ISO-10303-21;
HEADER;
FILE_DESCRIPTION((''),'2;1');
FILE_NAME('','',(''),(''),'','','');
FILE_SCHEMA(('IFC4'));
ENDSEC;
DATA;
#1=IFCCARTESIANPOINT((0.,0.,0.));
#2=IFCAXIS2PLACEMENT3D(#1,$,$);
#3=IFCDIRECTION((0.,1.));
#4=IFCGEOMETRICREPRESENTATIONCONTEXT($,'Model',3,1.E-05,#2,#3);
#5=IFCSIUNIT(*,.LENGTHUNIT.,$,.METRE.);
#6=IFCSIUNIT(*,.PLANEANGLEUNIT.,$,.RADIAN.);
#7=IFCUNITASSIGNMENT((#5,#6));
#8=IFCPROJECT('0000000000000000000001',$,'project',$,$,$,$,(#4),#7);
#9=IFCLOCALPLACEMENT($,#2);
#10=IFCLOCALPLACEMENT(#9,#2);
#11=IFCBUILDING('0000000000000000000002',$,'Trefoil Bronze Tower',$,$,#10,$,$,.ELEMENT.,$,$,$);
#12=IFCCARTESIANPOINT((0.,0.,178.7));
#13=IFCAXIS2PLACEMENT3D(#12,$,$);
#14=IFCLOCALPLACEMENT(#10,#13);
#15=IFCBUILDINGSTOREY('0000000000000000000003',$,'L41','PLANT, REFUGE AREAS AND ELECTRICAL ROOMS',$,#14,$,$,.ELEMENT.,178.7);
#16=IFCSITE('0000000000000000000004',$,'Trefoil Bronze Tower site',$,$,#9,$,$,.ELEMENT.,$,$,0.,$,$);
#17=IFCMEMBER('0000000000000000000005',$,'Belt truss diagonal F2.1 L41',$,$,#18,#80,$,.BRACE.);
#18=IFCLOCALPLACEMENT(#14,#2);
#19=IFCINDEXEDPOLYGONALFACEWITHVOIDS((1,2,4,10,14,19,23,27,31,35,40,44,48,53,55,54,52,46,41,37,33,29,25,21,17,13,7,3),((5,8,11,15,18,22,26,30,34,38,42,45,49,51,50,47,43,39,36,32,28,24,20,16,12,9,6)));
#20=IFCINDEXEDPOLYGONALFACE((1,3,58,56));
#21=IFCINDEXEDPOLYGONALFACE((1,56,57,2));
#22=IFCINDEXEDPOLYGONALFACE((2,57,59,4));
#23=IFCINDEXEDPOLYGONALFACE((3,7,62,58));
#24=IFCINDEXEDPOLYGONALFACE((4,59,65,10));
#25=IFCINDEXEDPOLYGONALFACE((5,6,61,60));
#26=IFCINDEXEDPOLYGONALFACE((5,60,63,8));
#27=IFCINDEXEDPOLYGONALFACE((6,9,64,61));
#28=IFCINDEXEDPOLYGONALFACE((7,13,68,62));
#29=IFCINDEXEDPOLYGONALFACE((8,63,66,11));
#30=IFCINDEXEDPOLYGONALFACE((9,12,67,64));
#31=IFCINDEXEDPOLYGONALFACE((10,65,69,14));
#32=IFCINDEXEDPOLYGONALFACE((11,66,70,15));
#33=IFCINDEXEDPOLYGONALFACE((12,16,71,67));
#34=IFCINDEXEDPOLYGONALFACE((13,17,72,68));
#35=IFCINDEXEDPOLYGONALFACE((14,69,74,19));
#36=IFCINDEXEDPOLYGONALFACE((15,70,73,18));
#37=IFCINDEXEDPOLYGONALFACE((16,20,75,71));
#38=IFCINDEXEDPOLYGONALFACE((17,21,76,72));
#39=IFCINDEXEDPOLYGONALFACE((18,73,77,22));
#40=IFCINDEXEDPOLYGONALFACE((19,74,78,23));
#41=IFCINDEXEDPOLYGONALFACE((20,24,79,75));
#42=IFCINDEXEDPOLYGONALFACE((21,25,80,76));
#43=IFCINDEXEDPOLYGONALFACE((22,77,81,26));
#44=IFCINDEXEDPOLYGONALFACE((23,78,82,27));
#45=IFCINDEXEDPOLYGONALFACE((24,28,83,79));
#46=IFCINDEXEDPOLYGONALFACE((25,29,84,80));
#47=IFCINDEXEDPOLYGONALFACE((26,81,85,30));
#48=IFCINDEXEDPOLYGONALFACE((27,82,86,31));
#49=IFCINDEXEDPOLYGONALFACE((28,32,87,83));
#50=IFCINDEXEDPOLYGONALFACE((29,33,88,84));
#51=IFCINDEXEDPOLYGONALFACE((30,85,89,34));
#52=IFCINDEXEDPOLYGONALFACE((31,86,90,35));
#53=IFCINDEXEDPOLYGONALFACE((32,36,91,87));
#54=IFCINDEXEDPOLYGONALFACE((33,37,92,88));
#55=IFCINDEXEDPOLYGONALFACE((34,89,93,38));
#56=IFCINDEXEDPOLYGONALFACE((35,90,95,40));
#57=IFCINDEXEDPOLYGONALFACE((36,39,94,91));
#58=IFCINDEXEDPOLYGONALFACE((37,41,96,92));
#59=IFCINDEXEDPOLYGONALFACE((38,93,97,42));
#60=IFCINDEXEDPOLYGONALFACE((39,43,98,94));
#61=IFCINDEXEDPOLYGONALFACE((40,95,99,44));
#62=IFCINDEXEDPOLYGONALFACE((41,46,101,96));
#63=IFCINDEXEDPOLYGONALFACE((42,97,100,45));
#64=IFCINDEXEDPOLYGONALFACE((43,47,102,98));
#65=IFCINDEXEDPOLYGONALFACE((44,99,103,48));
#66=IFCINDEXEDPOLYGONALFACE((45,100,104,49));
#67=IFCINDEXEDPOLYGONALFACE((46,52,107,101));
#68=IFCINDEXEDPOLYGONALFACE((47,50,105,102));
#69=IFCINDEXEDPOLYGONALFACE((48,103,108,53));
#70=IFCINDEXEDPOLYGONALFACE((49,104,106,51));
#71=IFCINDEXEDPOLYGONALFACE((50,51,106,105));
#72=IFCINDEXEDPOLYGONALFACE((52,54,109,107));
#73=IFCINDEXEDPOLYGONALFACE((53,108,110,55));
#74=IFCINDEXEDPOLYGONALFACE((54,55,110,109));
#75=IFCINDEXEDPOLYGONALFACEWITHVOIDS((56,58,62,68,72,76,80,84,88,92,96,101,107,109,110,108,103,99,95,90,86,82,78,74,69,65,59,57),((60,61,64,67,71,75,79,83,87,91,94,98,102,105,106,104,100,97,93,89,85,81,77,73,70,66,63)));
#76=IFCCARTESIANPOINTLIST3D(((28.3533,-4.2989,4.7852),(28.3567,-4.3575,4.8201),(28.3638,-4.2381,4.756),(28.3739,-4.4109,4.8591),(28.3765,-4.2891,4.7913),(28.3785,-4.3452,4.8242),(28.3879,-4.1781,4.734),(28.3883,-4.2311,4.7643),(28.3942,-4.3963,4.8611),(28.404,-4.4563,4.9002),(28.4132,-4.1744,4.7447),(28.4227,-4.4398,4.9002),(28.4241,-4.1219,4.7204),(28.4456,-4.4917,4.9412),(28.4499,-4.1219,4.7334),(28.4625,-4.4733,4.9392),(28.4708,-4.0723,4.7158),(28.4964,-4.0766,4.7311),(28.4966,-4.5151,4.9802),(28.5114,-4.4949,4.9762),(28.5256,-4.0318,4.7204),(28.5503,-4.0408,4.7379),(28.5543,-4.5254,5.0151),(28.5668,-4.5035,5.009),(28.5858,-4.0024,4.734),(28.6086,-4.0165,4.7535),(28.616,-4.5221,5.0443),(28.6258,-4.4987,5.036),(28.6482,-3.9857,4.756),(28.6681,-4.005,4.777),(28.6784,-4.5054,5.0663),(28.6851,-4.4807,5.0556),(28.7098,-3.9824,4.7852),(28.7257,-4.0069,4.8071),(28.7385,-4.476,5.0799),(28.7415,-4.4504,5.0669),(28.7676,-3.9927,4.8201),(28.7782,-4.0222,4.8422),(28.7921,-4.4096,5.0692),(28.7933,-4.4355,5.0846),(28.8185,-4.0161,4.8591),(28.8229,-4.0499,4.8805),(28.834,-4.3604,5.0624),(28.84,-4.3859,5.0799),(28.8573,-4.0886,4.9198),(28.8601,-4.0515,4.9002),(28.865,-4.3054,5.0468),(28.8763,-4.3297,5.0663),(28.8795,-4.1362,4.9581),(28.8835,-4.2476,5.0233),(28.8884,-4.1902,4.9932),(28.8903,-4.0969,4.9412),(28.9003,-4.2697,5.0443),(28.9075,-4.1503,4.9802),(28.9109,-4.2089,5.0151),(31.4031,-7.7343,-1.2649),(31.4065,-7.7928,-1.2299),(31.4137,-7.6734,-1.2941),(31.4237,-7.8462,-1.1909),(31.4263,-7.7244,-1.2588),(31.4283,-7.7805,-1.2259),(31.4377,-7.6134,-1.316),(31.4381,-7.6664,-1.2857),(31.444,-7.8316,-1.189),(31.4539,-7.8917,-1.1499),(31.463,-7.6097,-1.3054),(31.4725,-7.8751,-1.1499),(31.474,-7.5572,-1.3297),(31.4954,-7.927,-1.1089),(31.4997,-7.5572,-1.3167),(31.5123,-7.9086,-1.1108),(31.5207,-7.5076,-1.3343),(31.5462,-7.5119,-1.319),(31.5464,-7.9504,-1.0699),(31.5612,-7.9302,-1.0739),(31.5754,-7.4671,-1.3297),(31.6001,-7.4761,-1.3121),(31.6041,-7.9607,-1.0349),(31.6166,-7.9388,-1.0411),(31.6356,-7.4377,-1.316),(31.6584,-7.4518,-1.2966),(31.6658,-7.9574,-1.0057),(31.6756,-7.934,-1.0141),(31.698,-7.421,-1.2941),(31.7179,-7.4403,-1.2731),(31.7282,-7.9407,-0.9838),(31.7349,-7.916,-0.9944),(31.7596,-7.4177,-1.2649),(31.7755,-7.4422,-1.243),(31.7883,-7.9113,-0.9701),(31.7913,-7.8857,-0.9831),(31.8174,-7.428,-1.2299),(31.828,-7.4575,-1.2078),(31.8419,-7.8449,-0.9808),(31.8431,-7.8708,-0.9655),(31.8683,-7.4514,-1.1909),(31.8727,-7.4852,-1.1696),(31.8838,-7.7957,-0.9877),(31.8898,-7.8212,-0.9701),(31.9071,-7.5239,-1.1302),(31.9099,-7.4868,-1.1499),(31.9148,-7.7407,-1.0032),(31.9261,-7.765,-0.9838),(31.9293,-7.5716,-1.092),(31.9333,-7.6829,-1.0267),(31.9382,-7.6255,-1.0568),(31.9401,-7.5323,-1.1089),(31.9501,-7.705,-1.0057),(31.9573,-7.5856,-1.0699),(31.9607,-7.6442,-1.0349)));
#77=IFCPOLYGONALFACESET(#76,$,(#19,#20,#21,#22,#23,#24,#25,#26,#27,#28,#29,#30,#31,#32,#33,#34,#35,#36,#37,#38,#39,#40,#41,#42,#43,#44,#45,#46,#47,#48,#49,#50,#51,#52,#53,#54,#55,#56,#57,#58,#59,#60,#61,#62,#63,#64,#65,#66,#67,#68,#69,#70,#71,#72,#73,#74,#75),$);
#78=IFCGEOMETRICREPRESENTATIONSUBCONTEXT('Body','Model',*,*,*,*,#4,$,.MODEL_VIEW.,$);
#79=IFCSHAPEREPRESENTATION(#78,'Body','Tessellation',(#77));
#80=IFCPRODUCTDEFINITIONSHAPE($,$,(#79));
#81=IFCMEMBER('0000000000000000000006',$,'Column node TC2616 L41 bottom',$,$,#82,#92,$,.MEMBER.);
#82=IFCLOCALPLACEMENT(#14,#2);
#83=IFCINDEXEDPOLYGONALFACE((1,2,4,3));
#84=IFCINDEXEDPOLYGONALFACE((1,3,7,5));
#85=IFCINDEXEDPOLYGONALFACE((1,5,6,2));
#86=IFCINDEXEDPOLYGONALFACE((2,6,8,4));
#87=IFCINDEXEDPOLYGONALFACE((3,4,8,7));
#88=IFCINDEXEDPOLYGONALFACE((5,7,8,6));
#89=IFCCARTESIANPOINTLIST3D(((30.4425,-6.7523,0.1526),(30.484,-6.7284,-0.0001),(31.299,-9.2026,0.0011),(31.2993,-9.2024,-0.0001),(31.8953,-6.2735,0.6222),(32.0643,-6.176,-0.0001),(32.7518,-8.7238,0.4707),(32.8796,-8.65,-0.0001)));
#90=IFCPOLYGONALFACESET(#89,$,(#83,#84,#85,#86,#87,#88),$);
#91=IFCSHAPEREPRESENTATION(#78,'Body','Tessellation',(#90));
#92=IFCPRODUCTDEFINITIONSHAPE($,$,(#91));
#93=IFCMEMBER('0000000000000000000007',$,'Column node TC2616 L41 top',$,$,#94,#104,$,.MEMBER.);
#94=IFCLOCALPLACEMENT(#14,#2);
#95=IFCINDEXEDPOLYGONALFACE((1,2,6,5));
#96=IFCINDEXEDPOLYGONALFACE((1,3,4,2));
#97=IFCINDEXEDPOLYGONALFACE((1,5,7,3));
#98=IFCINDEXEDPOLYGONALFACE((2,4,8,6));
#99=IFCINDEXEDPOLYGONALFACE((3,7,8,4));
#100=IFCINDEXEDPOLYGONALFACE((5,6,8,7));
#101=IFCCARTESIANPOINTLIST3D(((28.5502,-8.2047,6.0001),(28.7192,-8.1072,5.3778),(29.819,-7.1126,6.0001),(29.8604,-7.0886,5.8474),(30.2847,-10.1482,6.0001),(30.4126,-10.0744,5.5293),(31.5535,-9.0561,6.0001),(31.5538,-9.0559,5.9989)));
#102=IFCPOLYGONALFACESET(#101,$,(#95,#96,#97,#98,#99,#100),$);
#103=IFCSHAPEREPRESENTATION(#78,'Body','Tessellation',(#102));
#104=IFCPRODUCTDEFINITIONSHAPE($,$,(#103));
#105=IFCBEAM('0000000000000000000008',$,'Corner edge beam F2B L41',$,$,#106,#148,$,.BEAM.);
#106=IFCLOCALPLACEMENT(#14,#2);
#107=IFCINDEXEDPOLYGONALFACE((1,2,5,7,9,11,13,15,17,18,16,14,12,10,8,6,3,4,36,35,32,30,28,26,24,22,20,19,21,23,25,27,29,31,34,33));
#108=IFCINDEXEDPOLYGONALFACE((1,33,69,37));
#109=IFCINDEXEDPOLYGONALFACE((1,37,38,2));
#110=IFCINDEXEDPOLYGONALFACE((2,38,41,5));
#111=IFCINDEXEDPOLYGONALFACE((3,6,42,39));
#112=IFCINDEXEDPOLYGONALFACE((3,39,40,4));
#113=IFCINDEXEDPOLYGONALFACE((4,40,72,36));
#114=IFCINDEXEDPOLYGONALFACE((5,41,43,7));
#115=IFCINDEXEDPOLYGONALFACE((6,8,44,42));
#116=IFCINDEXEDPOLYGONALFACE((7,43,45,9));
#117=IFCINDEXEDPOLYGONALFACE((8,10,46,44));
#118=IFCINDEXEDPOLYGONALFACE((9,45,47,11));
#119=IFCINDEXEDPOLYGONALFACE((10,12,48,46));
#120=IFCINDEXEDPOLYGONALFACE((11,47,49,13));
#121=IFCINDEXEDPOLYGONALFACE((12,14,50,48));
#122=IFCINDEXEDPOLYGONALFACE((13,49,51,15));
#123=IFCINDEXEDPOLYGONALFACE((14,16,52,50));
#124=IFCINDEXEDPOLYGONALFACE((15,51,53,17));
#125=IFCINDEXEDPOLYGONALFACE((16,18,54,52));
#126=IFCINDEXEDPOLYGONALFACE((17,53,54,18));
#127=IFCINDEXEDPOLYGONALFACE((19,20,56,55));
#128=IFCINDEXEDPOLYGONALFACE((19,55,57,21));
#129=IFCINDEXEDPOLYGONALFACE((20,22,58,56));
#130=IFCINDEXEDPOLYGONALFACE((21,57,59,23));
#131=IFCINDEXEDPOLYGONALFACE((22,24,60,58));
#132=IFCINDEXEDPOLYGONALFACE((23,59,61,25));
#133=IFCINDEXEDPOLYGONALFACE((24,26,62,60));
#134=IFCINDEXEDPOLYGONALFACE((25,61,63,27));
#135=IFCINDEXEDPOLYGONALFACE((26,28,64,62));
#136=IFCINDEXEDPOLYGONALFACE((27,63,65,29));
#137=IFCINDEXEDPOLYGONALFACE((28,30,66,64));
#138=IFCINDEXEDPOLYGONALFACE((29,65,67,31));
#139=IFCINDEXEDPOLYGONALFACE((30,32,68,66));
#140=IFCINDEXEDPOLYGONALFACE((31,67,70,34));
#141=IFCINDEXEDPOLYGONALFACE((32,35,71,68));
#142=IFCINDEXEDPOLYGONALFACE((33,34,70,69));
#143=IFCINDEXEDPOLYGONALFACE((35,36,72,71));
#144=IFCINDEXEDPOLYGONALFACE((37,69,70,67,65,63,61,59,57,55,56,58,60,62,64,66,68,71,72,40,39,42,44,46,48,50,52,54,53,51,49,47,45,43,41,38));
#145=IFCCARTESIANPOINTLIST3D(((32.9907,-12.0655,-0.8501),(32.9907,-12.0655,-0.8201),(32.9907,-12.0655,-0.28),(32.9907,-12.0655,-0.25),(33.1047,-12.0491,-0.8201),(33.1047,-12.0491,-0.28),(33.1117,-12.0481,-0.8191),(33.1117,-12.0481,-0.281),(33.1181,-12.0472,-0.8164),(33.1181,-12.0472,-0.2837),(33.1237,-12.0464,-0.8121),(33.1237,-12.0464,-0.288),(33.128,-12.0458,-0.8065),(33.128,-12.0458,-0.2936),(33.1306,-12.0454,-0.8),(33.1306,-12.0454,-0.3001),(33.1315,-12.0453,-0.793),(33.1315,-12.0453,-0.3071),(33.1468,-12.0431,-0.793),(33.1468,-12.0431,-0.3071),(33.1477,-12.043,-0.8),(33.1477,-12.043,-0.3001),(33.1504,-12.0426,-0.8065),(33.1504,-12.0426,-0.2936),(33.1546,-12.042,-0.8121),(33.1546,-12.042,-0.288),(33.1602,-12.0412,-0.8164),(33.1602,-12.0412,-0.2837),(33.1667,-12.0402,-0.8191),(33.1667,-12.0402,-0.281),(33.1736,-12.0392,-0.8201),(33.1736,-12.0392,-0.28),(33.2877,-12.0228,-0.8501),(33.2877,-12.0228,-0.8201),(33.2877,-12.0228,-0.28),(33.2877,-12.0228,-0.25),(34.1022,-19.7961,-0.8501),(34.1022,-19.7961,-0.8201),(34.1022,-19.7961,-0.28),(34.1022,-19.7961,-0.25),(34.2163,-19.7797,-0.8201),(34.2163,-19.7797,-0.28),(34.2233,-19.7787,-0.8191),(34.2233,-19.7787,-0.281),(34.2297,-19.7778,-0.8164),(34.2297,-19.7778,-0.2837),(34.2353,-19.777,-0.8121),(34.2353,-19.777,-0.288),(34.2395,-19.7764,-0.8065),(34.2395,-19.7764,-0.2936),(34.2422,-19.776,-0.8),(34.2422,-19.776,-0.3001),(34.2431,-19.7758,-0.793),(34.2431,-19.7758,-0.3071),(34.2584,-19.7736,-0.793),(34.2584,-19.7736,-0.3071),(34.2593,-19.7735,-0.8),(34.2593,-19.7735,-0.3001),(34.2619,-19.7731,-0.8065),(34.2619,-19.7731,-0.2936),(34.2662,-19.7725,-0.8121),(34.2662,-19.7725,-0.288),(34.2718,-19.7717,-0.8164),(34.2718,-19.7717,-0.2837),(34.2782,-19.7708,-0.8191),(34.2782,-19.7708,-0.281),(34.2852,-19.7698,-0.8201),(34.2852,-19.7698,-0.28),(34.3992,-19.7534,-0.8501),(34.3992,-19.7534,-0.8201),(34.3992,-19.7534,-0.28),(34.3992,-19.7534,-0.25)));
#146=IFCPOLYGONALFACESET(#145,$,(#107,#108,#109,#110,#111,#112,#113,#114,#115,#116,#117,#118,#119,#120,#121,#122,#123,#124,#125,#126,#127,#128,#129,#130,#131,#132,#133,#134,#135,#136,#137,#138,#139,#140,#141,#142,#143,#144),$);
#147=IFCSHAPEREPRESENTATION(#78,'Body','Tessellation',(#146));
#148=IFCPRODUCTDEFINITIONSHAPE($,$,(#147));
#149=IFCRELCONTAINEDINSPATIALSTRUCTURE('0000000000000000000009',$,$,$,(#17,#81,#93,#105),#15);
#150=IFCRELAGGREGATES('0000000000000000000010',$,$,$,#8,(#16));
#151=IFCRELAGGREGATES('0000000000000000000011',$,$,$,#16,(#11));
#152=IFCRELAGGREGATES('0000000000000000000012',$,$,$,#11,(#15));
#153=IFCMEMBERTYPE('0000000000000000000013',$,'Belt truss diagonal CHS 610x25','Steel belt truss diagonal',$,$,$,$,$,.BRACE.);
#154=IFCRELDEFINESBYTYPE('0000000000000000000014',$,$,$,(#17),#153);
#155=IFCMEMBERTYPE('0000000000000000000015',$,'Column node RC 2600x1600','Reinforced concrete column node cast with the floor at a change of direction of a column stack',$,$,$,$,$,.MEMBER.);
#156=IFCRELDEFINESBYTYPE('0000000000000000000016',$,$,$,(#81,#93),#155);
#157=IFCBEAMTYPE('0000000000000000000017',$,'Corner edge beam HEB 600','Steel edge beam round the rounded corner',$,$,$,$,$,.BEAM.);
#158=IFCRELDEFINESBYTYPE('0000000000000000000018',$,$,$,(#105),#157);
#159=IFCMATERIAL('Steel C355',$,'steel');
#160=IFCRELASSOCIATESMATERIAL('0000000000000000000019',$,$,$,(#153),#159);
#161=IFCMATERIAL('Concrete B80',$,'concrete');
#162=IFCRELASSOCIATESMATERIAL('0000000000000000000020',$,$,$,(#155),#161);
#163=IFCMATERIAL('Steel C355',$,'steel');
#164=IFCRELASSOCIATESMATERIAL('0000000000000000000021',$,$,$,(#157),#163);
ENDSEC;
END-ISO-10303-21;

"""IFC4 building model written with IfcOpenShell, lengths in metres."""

from ifc_helpers import new_model, si_unit, direction, frame, origin, origin_2d, place, context, subcontext, project, spatial, rectangle, hollow_circle, i_section, extrude, clip, halfspace, material, material_profile, profile_set, type_object, element, save


model = new_model("IFC4")

# Units and contexts
model_context = context("Model", 3, precision=1e-05, world=origin(), true_north=direction((0.0, 1.0)))
body_context = subcontext(model_context, "Body", "Model", "MODEL_VIEW")
ifc_project = project(units=[si_unit("LENGTHUNIT", "METRE"), si_unit("PLANEANGLEUNIT", "RADIAN")], contexts=[model_context])

# Site, building, storey
site_placement = place(None, origin())
site = spatial("IfcSite", under=ifc_project, at=site_placement, Name="Trefoil Bronze Tower site", CompositionType="ELEMENT", RefElevation=0.0)
building_placement = place(site_placement, origin())
building = spatial("IfcBuilding", under=site, at=building_placement, Name="Trefoil Bronze Tower", CompositionType="ELEMENT")
storey_placement = place(building_placement, frame((0.0, 0.0, 178.7)))
storey = spatial("IfcBuildingStorey", under=building, at=storey_placement, Name="L41", Description="PLANT, REFUGE AREAS AND ELECTRICAL ROOMS", CompositionType="ELEMENT", Elevation=178.7)

# Members
ifc_material_1 = material(Name="Steel C355", Category="steel")
ifc_material_profile_1 = material_profile(ifc_material_1, hollow_circle(Radius=0.3049, WallThickness=0.0249, at=origin_2d()), Name="CHS 610x25")
ifc_profile_set_1 = profile_set([ifc_material_profile_1], Name="Steel C355")
member_type_1 = type_object("IfcMemberType", Name="Belt truss diagonal CHS 610x25", Description="Steel belt truss diagonal", PredefinedType="BRACE", material=ifc_profile_set_1)
member_1_placement = place(storey_placement, frame((31.6819, -7.6892, -1.1499), z_axis=(-0.401479, 0.452226, 0.796433), x_axis=(-0.74782, -0.663902, 0.0)))
element("IfcMember", 1, at=member_1_placement, inside=storey, type_object=member_type_1, Name="Belt truss diagonal F2.1 L41", PredefinedType="BRACE", context=body_context, shape_type="SweptSolid", body=[
    extrude(hollow_circle(Radius=0.3049, WallThickness=0.0249, at=origin_2d()), origin(), (0.0, 0.0, 1.0), 7.5964),
])
ifc_material_2 = material(Name="Concrete B80", Category="concrete")
ifc_material_profile_2 = material_profile(ifc_material_2, rectangle(XDim=2.6001, YDim=1.6001, at=origin_2d()), Name="RC 2600x1600")
ifc_profile_set_2 = profile_set([ifc_material_profile_2], Name="Concrete B80")
member_type_2 = type_object("IfcMemberType", Name="Column node RC 2600x1600", Description="Reinforced concrete column node cast with the floor at a change of direction of a column stack", PredefinedType="MEMBER", material=ifc_profile_set_2)
member_2_placement = place(storey_placement, frame((31.7664, -7.6404, -0.3115), z_axis=(-0.259114, -0.149561, 0.954197), x_axis=(-0.329393, 0.942394, 0.058263)))
element("IfcMember", 2, at=member_2_placement, inside=storey, type_object=member_type_2, Name="Column node TC2616 L41 bottom", PredefinedType="MEMBER", context=body_context, shape_type="Clipping", body=[
    clip(extrude(rectangle(XDim=2.6001, YDim=1.6001, at=origin_2d()), origin(), (0.0, 0.0, 1.0), 0.6531), halfspace(frame((0.0, 0.0, 0.3264), z_axis=(0.058263, -0.293451, 0.954197), x_axis=(0.0, 0.955821, 0.293951)), True)),
])
member_3_placement = place(storey_placement, frame((29.9673, -8.6792, 6.3115), z_axis=(0.259114, 0.149561, -0.954197), x_axis=(0.65127, -0.756606, 0.058263)))
element("IfcMember", 3, at=member_3_placement, inside=storey, type_object=member_type_2, Name="Column node TC2616 L41 top", PredefinedType="MEMBER", context=body_context, shape_type="Clipping", body=[
    clip(extrude(rectangle(XDim=2.6001, YDim=1.6001, at=origin_2d()), origin(), (0.0, 0.0, 1.0), 0.6531), halfspace(frame((0.0, 0.0, 0.3264), z_axis=(-0.058263, 0.293451, 0.954197), x_axis=(0.0, 0.955821, -0.293951)), True)),
])

# Beam
ifc_material_3 = material(Name="Steel C355", Category="steel")
ifc_material_profile_3 = material_profile(ifc_material_3, i_section(OverallWidth=0.3, OverallDepth=0.6001, WebThickness=0.0154, FlangeThickness=0.03, FilletRadius=0.0271, at=origin_2d()), Name="HEB 600")
ifc_profile_set_3 = profile_set([ifc_material_profile_3], Name="Steel C355")
beam_type_1 = type_object("IfcBeamType", Name="Corner edge beam HEB 600", Description="Steel edge beam round the rounded corner", PredefinedType="BEAM", material=ifc_profile_set_3)
beam_1_placement = place(storey_placement, frame((33.1392, -12.0442, -0.55), z_axis=(0.142327, -0.98982, 0.0), x_axis=(0.98982, 0.142327, 0.0)))
element("IfcBeam", 4, at=beam_1_placement, inside=storey, type_object=beam_type_1, Name="Corner edge beam F2B L41", PredefinedType="BEAM", context=body_context, shape_type="SweptSolid", body=[
    extrude(i_section(OverallWidth=0.3, OverallDepth=0.6001, WebThickness=0.0154, FlangeThickness=0.03, FilletRadius=0.0271, at=origin_2d()), origin(), (0.0, 0.0, 1.0), 7.8101),
])

save(model, "model.ifc")
